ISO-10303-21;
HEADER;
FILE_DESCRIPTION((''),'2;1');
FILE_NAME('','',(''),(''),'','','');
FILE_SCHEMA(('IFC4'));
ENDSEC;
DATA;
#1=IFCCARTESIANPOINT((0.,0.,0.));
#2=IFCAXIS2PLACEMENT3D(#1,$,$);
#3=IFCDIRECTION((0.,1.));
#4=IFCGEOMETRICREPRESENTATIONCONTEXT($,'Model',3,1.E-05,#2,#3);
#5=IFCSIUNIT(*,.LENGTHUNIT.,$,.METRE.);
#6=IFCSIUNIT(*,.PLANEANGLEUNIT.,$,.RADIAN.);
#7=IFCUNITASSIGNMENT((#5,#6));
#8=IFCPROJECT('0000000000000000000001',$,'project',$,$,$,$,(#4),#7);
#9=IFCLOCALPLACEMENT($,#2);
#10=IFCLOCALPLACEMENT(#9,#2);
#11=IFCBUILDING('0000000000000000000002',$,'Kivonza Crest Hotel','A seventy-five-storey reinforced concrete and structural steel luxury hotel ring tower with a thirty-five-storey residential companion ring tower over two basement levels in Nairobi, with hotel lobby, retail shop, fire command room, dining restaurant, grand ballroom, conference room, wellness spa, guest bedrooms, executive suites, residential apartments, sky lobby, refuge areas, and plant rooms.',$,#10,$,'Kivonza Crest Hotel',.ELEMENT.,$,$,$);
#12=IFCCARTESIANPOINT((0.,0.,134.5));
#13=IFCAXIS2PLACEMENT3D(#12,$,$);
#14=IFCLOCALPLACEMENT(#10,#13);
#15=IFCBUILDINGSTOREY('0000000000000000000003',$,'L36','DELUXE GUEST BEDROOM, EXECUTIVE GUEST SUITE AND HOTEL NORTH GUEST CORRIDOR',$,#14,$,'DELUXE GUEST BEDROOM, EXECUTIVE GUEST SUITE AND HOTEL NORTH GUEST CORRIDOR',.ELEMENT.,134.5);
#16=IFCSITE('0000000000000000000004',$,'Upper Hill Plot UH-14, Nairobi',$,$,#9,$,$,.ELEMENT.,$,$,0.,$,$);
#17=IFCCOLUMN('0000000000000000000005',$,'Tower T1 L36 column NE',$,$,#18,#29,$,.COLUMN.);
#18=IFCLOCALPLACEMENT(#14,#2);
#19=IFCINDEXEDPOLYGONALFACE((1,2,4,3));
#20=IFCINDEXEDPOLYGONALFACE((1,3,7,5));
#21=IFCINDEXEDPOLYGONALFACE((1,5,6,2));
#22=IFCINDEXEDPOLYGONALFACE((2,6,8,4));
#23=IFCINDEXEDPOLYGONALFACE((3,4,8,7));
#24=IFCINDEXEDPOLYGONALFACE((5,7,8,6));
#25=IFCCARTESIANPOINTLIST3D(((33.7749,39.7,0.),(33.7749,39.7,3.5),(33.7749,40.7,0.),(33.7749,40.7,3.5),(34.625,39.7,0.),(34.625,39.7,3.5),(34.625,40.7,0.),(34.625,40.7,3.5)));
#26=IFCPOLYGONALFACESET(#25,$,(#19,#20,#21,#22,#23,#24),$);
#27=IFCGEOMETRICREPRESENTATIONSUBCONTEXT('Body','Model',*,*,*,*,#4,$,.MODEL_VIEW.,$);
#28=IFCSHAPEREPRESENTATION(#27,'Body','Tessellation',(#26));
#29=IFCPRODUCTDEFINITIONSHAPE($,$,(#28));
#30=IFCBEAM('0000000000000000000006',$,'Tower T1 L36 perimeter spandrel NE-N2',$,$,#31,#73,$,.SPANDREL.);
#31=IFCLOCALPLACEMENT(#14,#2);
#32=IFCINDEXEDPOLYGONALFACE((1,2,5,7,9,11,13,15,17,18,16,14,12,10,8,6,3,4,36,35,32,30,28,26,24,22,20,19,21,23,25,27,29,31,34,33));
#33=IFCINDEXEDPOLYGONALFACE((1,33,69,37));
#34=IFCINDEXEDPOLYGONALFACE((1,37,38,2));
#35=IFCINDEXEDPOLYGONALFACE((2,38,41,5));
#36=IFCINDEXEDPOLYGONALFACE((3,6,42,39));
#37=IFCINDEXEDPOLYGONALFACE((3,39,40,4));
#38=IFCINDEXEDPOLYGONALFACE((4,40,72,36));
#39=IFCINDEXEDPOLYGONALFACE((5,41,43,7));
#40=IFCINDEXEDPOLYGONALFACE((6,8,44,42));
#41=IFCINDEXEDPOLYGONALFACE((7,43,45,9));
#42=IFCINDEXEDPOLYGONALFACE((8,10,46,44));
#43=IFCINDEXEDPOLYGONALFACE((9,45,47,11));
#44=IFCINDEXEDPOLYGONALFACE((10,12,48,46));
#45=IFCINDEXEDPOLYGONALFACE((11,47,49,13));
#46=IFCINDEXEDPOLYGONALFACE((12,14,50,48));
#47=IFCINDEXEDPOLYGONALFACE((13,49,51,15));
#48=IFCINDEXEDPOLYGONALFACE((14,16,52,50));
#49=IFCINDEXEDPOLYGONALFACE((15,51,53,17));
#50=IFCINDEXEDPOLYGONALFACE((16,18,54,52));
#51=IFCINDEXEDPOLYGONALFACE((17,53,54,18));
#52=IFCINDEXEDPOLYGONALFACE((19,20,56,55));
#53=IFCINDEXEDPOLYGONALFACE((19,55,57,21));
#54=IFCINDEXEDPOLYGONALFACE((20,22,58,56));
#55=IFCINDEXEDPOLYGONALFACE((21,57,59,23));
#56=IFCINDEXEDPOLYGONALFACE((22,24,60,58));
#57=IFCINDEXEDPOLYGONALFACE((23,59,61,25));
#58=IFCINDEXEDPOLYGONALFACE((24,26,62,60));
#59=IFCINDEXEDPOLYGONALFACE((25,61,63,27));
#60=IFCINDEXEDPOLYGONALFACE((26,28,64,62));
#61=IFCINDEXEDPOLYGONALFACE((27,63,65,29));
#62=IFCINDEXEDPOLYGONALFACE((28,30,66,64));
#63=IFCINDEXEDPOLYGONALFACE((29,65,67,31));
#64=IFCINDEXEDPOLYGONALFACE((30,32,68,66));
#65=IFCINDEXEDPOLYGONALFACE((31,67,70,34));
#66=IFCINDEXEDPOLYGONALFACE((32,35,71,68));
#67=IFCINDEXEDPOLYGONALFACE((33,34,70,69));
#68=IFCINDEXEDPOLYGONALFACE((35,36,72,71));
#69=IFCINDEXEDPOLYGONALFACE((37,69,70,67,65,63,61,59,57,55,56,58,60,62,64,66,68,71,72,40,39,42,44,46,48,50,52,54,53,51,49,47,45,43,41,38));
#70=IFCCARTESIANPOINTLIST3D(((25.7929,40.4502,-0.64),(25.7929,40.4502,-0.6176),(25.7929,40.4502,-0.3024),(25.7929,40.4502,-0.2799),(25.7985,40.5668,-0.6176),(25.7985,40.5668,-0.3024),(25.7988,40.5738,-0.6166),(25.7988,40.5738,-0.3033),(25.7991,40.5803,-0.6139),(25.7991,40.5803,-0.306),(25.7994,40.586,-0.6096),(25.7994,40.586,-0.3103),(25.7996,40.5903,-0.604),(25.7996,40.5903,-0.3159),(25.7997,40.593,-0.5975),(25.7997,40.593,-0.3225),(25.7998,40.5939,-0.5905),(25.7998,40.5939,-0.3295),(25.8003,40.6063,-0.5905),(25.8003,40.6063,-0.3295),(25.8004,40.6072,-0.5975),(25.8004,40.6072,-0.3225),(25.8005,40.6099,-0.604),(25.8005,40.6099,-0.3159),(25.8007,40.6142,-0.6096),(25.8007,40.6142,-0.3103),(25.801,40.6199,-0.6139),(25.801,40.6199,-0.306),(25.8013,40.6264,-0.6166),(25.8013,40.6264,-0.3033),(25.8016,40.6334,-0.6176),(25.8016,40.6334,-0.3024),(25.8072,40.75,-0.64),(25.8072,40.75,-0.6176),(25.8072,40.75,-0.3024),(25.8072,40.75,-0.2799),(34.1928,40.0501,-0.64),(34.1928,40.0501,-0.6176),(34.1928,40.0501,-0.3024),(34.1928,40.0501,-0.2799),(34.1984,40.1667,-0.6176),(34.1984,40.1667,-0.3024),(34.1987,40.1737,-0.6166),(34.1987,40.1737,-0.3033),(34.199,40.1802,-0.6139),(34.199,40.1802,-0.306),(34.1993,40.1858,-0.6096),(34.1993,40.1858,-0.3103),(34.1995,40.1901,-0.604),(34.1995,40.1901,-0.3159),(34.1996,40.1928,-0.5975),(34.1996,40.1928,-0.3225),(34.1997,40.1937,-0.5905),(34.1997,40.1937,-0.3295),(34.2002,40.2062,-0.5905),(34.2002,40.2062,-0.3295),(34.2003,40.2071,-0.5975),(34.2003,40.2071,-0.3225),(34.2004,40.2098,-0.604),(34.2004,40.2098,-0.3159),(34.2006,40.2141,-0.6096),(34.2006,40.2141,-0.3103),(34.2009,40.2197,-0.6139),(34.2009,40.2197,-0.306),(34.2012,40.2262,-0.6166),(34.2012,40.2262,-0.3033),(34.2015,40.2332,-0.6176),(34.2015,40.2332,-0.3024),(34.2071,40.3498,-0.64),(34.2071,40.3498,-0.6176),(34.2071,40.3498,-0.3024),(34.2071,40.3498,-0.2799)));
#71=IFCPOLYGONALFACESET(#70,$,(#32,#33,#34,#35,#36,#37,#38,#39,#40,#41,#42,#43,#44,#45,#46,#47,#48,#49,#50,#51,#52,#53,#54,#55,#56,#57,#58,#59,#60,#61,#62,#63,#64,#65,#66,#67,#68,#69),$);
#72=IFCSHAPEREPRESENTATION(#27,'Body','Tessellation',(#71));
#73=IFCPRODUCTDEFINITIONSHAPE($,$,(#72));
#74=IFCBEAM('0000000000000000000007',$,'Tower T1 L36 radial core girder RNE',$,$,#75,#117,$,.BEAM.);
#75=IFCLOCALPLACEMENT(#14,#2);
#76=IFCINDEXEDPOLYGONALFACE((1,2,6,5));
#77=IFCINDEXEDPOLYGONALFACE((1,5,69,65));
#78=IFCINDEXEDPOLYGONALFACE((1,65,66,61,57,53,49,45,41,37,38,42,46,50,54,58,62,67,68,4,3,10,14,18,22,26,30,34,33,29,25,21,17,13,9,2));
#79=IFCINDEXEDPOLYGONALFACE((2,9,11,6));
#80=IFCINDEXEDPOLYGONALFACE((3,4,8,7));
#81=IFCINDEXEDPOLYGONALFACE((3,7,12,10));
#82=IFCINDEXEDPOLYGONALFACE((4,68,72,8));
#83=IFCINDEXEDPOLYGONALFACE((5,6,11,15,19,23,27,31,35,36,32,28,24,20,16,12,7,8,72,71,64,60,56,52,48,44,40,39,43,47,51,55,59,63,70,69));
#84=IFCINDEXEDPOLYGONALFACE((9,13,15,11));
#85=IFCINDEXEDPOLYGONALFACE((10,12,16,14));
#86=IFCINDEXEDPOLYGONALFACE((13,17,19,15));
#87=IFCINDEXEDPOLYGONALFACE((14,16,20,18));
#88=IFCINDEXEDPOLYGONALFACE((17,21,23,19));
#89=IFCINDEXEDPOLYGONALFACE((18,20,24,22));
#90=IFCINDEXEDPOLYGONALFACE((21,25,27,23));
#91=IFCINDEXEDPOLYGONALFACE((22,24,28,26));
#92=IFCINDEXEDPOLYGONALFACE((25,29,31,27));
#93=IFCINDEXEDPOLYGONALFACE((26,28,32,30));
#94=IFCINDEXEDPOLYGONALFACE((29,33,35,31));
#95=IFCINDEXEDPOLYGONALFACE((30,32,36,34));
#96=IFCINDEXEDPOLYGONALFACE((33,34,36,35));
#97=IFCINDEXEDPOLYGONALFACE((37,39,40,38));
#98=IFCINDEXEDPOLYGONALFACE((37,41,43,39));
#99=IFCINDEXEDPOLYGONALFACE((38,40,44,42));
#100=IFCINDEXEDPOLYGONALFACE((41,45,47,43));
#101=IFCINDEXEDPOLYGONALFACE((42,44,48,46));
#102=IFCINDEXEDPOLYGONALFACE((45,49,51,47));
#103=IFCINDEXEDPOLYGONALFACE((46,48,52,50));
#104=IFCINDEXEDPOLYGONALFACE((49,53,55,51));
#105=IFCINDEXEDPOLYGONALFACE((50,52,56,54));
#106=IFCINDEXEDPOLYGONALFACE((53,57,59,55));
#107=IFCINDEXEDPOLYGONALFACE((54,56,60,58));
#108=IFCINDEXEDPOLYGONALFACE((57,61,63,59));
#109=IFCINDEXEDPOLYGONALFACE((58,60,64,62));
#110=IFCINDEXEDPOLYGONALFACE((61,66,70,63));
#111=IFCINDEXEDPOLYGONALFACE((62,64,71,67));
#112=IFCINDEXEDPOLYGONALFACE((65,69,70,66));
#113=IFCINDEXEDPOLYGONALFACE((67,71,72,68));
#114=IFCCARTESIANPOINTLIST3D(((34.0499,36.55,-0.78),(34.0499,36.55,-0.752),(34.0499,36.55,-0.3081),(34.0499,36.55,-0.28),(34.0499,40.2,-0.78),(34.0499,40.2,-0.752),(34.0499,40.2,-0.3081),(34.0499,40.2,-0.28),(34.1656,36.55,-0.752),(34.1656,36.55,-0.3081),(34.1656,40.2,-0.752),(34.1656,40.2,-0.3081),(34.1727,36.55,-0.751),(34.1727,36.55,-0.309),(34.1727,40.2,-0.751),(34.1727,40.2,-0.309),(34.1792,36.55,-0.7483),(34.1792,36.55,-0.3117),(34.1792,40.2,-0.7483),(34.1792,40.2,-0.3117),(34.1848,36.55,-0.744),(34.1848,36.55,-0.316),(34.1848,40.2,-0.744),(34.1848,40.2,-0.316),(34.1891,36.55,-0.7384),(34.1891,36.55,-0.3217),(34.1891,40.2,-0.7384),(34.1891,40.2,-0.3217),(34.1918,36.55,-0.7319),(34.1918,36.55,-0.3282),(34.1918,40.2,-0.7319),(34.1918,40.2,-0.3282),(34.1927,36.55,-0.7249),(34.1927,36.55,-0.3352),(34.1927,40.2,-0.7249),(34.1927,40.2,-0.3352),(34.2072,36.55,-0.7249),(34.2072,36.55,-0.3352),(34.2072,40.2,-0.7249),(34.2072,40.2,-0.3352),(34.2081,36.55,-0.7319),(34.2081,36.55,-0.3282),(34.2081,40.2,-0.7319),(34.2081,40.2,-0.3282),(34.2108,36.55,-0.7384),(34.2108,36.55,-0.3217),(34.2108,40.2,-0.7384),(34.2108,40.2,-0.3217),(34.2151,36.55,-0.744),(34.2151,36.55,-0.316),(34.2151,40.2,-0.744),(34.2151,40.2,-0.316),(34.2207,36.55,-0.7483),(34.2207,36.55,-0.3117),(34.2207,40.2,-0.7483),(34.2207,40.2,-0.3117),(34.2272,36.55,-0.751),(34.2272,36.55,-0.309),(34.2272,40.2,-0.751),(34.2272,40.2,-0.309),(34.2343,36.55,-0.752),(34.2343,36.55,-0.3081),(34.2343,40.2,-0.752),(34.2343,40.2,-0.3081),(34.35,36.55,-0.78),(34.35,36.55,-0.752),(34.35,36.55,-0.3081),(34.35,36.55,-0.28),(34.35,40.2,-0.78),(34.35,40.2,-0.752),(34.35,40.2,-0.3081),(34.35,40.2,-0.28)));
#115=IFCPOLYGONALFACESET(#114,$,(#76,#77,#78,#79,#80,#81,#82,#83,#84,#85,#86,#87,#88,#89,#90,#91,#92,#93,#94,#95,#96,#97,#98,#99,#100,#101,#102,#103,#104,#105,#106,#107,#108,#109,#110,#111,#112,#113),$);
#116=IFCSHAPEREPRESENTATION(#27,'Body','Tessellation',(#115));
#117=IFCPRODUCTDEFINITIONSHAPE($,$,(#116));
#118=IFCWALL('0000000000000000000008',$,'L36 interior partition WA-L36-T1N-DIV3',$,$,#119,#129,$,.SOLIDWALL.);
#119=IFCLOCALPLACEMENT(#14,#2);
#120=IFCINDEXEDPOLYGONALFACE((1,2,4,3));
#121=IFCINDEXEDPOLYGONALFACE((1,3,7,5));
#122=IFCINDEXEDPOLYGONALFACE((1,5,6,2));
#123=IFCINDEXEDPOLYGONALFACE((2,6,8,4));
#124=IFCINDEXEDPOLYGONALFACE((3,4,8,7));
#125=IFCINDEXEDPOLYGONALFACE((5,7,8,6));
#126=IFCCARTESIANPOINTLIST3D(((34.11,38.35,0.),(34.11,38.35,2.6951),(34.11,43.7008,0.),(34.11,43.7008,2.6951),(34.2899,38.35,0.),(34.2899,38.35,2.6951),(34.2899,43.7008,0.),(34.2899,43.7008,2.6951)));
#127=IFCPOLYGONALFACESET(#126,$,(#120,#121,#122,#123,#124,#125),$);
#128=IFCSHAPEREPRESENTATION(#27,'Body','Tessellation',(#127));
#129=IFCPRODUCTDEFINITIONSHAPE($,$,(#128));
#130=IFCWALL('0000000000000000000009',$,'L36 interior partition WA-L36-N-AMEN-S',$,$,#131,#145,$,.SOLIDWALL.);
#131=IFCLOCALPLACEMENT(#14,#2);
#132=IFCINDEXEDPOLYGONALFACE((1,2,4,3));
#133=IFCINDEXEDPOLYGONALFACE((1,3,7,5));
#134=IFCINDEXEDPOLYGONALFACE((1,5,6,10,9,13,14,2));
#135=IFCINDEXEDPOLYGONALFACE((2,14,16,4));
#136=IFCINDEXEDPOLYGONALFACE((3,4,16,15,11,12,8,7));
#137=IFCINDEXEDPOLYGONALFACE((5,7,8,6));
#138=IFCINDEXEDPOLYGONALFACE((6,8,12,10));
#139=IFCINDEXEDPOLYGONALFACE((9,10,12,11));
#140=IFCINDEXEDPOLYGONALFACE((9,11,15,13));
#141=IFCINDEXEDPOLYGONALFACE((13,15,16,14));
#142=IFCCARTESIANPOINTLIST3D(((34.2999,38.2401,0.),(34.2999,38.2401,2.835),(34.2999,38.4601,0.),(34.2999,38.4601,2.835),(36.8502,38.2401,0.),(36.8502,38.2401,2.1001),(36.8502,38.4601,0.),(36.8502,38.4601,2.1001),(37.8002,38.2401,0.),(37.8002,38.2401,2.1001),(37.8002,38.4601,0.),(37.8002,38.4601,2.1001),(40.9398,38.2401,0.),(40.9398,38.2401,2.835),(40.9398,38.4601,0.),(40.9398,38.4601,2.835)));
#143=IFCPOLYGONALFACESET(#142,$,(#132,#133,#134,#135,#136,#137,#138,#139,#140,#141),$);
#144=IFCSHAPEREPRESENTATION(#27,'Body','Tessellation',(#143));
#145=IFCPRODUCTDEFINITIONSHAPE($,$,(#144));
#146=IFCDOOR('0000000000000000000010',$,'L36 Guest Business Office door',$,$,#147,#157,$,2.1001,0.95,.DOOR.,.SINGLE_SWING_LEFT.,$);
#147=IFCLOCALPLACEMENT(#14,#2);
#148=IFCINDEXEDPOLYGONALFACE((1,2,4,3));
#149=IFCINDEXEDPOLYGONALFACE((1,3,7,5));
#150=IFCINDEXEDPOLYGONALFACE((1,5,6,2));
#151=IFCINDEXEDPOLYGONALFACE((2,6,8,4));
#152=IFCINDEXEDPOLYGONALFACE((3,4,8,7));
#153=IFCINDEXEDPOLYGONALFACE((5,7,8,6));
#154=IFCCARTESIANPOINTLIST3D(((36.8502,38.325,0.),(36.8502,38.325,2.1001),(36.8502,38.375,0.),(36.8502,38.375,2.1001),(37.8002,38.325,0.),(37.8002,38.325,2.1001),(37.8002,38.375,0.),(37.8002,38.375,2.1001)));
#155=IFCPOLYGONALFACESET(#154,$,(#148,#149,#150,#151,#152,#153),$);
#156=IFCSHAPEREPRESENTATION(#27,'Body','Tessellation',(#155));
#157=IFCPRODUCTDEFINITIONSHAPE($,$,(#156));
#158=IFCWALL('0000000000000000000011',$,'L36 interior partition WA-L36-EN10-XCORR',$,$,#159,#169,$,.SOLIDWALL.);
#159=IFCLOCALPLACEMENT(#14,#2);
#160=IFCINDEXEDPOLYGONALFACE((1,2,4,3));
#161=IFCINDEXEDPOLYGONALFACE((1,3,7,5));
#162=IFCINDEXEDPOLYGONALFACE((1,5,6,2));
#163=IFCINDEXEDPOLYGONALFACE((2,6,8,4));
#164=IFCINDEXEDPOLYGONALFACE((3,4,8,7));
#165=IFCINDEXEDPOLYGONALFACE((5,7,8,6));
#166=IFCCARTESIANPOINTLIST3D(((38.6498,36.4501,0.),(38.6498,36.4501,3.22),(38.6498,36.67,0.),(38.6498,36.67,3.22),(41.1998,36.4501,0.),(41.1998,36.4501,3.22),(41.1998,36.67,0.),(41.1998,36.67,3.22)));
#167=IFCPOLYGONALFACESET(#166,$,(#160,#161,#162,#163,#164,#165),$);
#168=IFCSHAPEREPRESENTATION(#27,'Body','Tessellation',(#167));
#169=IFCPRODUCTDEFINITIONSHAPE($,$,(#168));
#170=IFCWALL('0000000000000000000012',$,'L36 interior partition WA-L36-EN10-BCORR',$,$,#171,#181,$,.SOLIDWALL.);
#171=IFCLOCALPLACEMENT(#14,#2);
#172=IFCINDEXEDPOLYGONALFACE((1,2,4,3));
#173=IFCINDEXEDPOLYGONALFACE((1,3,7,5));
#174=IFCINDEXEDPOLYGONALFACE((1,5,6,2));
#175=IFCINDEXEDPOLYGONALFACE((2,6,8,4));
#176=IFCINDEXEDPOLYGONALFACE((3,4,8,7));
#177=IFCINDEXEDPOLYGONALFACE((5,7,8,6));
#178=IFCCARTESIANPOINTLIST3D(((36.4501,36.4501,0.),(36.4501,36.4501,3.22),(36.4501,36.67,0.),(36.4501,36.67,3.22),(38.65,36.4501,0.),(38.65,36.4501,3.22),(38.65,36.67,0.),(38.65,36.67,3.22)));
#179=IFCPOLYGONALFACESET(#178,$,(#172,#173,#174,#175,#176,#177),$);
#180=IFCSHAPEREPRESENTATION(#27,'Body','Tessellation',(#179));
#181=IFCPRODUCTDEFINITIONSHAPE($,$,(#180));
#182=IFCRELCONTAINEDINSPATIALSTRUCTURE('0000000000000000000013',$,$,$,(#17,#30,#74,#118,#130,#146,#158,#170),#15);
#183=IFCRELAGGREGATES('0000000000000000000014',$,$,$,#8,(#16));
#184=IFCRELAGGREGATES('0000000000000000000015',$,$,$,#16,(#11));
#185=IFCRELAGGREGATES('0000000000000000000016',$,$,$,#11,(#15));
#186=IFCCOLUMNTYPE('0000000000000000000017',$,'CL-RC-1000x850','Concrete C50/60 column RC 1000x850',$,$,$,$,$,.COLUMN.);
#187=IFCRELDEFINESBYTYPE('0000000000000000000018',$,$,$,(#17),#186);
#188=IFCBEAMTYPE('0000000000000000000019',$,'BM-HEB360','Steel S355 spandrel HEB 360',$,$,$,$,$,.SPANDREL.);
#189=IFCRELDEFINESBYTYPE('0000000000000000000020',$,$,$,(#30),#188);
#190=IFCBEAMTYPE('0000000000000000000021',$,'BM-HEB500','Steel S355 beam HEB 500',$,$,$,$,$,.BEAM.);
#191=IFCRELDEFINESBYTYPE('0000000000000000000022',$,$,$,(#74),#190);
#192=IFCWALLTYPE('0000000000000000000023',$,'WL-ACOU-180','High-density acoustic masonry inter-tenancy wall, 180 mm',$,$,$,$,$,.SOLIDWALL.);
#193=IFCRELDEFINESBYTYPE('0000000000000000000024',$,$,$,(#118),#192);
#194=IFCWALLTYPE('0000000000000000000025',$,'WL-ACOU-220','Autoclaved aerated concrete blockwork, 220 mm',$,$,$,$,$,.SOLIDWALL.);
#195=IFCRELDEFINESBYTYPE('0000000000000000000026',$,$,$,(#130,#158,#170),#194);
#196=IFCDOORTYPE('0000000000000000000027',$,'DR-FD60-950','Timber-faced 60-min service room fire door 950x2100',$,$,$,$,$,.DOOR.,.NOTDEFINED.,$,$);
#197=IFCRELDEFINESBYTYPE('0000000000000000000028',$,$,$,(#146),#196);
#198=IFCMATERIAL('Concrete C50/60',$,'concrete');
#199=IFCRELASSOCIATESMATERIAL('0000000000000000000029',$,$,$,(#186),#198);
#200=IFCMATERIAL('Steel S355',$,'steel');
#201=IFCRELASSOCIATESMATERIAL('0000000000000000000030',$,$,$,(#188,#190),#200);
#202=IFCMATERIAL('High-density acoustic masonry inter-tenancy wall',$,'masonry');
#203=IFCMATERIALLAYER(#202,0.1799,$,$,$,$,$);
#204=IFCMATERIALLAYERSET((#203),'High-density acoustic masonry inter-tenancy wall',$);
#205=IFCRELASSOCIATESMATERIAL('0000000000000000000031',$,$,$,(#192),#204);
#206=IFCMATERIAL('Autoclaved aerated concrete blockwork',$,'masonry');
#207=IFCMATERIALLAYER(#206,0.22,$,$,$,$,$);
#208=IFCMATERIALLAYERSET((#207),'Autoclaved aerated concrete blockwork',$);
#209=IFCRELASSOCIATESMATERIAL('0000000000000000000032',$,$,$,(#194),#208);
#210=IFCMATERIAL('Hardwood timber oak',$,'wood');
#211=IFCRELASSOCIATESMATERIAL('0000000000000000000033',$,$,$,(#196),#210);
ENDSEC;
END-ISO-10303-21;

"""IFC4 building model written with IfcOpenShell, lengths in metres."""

from ifc_helpers import new_model, si_unit, direction, frame, frame_2d, origin, origin_2d, place, context, subcontext, project, spatial, rectangle, i_section, extrude, material, layer, layer_set, material_profile, profile_set, type_object, element, fill, save


model = new_model("IFC4")

# Units and contexts
model_context = context("Model", 3, precision=1e-05, world=origin(), true_north=direction((0.0, 1.0)))
body_context = subcontext(model_context, "Body", "Model", "MODEL_VIEW")
ifc_project = project(units=[si_unit("LENGTHUNIT", "METRE"), si_unit("PLANEANGLEUNIT", "RADIAN")], contexts=[model_context])

# Site, building, storey
site_placement = place(None, origin())
site = spatial("IfcSite", under=ifc_project, at=site_placement, Name="Upper Hill Plot UH-14, Nairobi", CompositionType="ELEMENT", RefElevation=0.0)
building_placement = place(site_placement, origin())
building = spatial("IfcBuilding", under=site, at=building_placement, Name="Kivonza Crest Hotel", Description="A seventy-five-storey reinforced concrete and structural steel luxury hotel ring tower with a thirty-five-storey residential companion ring tower over two basement levels in Nairobi, with hotel lobby, retail shop, fire command room, dining restaurant, grand ballroom, conference room, wellness spa, guest bedrooms, executive suites, residential apartments, sky lobby, refuge areas, and plant rooms.", LongName="Kivonza Crest Hotel", CompositionType="ELEMENT")
storey_placement = place(building_placement, frame((0.0, 0.0, 134.5)))
storey = spatial("IfcBuildingStorey", under=building, at=storey_placement, Name="L36", Description="DELUXE GUEST BEDROOM, EXECUTIVE GUEST SUITE AND HOTEL NORTH GUEST CORRIDOR", LongName="DELUXE GUEST BEDROOM, EXECUTIVE GUEST SUITE AND HOTEL NORTH GUEST CORRIDOR", CompositionType="ELEMENT", Elevation=134.5)

# Column
ifc_material_1 = material(Name="Concrete C50/60", Category="concrete")
ifc_material_profile_1 = material_profile(ifc_material_1, rectangle(XDim=0.8501, YDim=1.0, at=origin_2d()), Name="RC 1000x850")
ifc_profile_set_1 = profile_set([ifc_material_profile_1], Name="Concrete C50/60")
column_type = type_object("IfcColumnType", Name="CL-RC-1000x850", Description="Concrete C50/60 column RC 1000x850", PredefinedType="COLUMN", material=ifc_profile_set_1)
column_placement = place(storey_placement, frame((34.2, 40.2, 0.0), z_axis=(0.0, 0.0, 1.0), x_axis=(1.0, 0.0, 0.0)))
element("IfcColumn", 1, at=column_placement, inside=storey, type_object=column_type, Name="Tower T1 L36 column NE", PredefinedType="COLUMN", context=body_context, shape_type="SweptSolid", body=[
    extrude(rectangle(XDim=0.8501, YDim=1.0, at=origin_2d()), origin(), (0.0, 0.0, 1.0), 3.5),
])

# Beams
ifc_material_2 = material(Name="Steel S355", Category="steel")
ifc_material_profile_2 = material_profile(ifc_material_2, i_section(OverallWidth=0.3, OverallDepth=0.3601, WebThickness=0.0125, FlangeThickness=0.0225, FilletRadius=0.0271, at=origin_2d()), Name="HEB 360")
ifc_profile_set_2 = profile_set([ifc_material_profile_2], Name="Steel S355")
beam_type_1 = type_object("IfcBeamType", Name="BM-HEB360", Description="Steel S355 spandrel HEB 360", PredefinedType="SPANDREL", material=ifc_profile_set_2)
beam_1_placement = place(storey_placement, frame((34.2, 40.2, -0.46), z_axis=(-0.998867, 0.047583, 0.0), x_axis=(-0.047583, -0.998867, 0.0)))
element("IfcBeam", 2, at=beam_1_placement, inside=storey, type_object=beam_type_1, Name="Tower T1 L36 perimeter spandrel NE-N2", PredefinedType="SPANDREL", context=body_context, shape_type="SweptSolid", body=[
    extrude(i_section(OverallWidth=0.3, OverallDepth=0.3601, WebThickness=0.0125, FlangeThickness=0.0225, FilletRadius=0.0271, at=origin_2d()), origin(), (0.0, 0.0, 1.0), 8.4094),
])
ifc_material_profile_3 = material_profile(ifc_material_2, i_section(OverallWidth=0.3, OverallDepth=0.5, WebThickness=0.0144, FlangeThickness=0.0281, FilletRadius=0.0271, at=origin_2d()), Name="HEB 500")
ifc_profile_set_3 = profile_set([ifc_material_profile_3], Name="Steel S355")
beam_type_2 = type_object("IfcBeamType", Name="BM-HEB500", Description="Steel S355 beam HEB 500", PredefinedType="BEAM", material=ifc_profile_set_3)
beam_2_placement = place(storey_placement, frame((34.2, 40.2, -0.53), z_axis=(0.0, -1.0, 0.0), x_axis=(1.0, 0.0, 0.0)))
element("IfcBeam", 3, at=beam_2_placement, inside=storey, type_object=beam_type_2, Name="Tower T1 L36 radial core girder RNE", PredefinedType="BEAM", context=body_context, shape_type="SweptSolid", body=[
    extrude(i_section(OverallWidth=0.3, OverallDepth=0.5, WebThickness=0.0144, FlangeThickness=0.0281, FilletRadius=0.0271, at=origin_2d()), origin(), (0.0, 0.0, 1.0), 3.6499),
])

# Wall
ifc_material_3 = material(Name="High-density acoustic masonry inter-tenancy wall", Category="masonry")
ifc_layer_1 = layer(ifc_material_3, 0.1799)
ifc_layer_set_1 = layer_set([ifc_layer_1], Name="High-density acoustic masonry inter-tenancy wall")
wall_type_1 = type_object("IfcWallType", Name="WL-ACOU-180", Description="High-density acoustic masonry inter-tenancy wall, 180 mm", PredefinedType="SOLIDWALL", material=ifc_layer_set_1)
wall_1_placement = place(storey_placement, frame((34.2, 38.3501, 0.0), z_axis=(0.0, 0.0, 1.0), x_axis=(0.0, 1.0, 0.0)))
element("IfcWall", 4, at=wall_1_placement, inside=storey, type_object=wall_type_1, Name="L36 interior partition WA-L36-T1N-DIV3", PredefinedType="SOLIDWALL", context=body_context, shape_type="SweptSolid", body=[
    extrude(rectangle(XDim=5.3508, YDim=0.1799, at=frame_2d((2.6753, 0.0))), origin(), (0.0, 0.0, 1.0), 2.6951),
])

# Wall, opening, door
ifc_material_4 = material(Name="Autoclaved aerated concrete blockwork", Category="masonry")
ifc_layer_2 = layer(ifc_material_4, 0.22)
ifc_layer_set_2 = layer_set([ifc_layer_2], Name="Autoclaved aerated concrete blockwork")
wall_type_2 = type_object("IfcWallType", Name="WL-ACOU-220", Description="Autoclaved aerated concrete blockwork, 220 mm", PredefinedType="SOLIDWALL", material=ifc_layer_set_2)
wall_2_placement = place(storey_placement, frame((34.3, 38.3501, 0.0), z_axis=(0.0, 0.0, 1.0), x_axis=(1.0, 0.0, 0.0)))
wall_2 = element("IfcWall", 5, at=wall_2_placement, inside=storey, type_object=wall_type_2, Name="L36 interior partition WA-L36-N-AMEN-S", PredefinedType="SOLIDWALL", context=body_context, shape_type="SweptSolid", body=[
    extrude(rectangle(XDim=6.6399, YDim=0.22, at=frame_2d((3.3198, 0.0))), origin(), (0.0, 0.0, 1.0), 2.835),
])
opening_1_placement = place(wall_2_placement, frame((2.55, 0.0, 0.0)))
opening_1 = element("IfcOpeningElement", 6, at=opening_1_placement, cuts=wall_2, PredefinedType="OPENING", context=body_context, shape_type="SweptSolid", body=[
    extrude(rectangle(XDim=0.95, YDim=2.1001, at=frame_2d((0.4751, 1.05))), frame((0.0, 0.1201, 0.0), z_axis=(0.0, -1.0, 0.0), x_axis=(1.0, 0.0, 0.0)), (0.0, 0.0, 1.0), 0.24),
])
ifc_material_5 = material(Name="Hardwood timber oak", Category="wood")
door_type_1 = type_object("IfcDoorType", Name="DR-FD60-950", Description="Timber-faced 60-min service room fire door 950x2100", OperationType="NOTDEFINED", PredefinedType="DOOR", material=ifc_material_5)
door_1_placement = place(opening_1_placement, origin())
door_1 = element("IfcDoor", 7, at=door_1_placement, inside=storey, type_object=door_type_1, Name="L36 Guest Business Office door", OperationType="SINGLE_SWING_LEFT", OverallHeight=2.1001, OverallWidth=0.95, PredefinedType="DOOR", context=body_context, shape_type="SweptSolid", body=[
    extrude(rectangle(XDim=0.95, YDim=2.1001, at=frame_2d((0.4751, 1.05))), frame((0.0, 0.0249, 0.0), z_axis=(0.0, -1.0, 0.0), x_axis=(1.0, 0.0, 0.0)), (0.0, 0.0, 1.0), 0.05),
])
fill(opening_1, door_1)

# Walls
wall_3_placement = place(storey_placement, frame((38.6499, 36.5601, 0.0), z_axis=(0.0, 0.0, 1.0), x_axis=(1.0, 0.0, 0.0)))
element("IfcWall", 8, at=wall_3_placement, inside=storey, type_object=wall_type_2, Name="L36 interior partition WA-L36-EN10-XCORR", PredefinedType="SOLIDWALL", context=body_context, shape_type="SweptSolid", body=[
    extrude(rectangle(XDim=2.55, YDim=0.22, at=frame_2d((1.2749, 0.0))), origin(), (0.0, 0.0, 1.0), 3.22),
])
wall_4_placement = place(storey_placement, frame((36.45, 36.5601, 0.0), z_axis=(0.0, 0.0, 1.0), x_axis=(1.0, 0.0, 0.0)))
element("IfcWall", 9, at=wall_4_placement, inside=storey, type_object=wall_type_2, Name="L36 interior partition WA-L36-EN10-BCORR", PredefinedType="SOLIDWALL", context=body_context, shape_type="SweptSolid", body=[
    extrude(rectangle(XDim=2.2, YDim=0.22, at=frame_2d((1.1001, 0.0))), origin(), (0.0, 0.0, 1.0), 3.22),
])

save(model, "model.ifc")
